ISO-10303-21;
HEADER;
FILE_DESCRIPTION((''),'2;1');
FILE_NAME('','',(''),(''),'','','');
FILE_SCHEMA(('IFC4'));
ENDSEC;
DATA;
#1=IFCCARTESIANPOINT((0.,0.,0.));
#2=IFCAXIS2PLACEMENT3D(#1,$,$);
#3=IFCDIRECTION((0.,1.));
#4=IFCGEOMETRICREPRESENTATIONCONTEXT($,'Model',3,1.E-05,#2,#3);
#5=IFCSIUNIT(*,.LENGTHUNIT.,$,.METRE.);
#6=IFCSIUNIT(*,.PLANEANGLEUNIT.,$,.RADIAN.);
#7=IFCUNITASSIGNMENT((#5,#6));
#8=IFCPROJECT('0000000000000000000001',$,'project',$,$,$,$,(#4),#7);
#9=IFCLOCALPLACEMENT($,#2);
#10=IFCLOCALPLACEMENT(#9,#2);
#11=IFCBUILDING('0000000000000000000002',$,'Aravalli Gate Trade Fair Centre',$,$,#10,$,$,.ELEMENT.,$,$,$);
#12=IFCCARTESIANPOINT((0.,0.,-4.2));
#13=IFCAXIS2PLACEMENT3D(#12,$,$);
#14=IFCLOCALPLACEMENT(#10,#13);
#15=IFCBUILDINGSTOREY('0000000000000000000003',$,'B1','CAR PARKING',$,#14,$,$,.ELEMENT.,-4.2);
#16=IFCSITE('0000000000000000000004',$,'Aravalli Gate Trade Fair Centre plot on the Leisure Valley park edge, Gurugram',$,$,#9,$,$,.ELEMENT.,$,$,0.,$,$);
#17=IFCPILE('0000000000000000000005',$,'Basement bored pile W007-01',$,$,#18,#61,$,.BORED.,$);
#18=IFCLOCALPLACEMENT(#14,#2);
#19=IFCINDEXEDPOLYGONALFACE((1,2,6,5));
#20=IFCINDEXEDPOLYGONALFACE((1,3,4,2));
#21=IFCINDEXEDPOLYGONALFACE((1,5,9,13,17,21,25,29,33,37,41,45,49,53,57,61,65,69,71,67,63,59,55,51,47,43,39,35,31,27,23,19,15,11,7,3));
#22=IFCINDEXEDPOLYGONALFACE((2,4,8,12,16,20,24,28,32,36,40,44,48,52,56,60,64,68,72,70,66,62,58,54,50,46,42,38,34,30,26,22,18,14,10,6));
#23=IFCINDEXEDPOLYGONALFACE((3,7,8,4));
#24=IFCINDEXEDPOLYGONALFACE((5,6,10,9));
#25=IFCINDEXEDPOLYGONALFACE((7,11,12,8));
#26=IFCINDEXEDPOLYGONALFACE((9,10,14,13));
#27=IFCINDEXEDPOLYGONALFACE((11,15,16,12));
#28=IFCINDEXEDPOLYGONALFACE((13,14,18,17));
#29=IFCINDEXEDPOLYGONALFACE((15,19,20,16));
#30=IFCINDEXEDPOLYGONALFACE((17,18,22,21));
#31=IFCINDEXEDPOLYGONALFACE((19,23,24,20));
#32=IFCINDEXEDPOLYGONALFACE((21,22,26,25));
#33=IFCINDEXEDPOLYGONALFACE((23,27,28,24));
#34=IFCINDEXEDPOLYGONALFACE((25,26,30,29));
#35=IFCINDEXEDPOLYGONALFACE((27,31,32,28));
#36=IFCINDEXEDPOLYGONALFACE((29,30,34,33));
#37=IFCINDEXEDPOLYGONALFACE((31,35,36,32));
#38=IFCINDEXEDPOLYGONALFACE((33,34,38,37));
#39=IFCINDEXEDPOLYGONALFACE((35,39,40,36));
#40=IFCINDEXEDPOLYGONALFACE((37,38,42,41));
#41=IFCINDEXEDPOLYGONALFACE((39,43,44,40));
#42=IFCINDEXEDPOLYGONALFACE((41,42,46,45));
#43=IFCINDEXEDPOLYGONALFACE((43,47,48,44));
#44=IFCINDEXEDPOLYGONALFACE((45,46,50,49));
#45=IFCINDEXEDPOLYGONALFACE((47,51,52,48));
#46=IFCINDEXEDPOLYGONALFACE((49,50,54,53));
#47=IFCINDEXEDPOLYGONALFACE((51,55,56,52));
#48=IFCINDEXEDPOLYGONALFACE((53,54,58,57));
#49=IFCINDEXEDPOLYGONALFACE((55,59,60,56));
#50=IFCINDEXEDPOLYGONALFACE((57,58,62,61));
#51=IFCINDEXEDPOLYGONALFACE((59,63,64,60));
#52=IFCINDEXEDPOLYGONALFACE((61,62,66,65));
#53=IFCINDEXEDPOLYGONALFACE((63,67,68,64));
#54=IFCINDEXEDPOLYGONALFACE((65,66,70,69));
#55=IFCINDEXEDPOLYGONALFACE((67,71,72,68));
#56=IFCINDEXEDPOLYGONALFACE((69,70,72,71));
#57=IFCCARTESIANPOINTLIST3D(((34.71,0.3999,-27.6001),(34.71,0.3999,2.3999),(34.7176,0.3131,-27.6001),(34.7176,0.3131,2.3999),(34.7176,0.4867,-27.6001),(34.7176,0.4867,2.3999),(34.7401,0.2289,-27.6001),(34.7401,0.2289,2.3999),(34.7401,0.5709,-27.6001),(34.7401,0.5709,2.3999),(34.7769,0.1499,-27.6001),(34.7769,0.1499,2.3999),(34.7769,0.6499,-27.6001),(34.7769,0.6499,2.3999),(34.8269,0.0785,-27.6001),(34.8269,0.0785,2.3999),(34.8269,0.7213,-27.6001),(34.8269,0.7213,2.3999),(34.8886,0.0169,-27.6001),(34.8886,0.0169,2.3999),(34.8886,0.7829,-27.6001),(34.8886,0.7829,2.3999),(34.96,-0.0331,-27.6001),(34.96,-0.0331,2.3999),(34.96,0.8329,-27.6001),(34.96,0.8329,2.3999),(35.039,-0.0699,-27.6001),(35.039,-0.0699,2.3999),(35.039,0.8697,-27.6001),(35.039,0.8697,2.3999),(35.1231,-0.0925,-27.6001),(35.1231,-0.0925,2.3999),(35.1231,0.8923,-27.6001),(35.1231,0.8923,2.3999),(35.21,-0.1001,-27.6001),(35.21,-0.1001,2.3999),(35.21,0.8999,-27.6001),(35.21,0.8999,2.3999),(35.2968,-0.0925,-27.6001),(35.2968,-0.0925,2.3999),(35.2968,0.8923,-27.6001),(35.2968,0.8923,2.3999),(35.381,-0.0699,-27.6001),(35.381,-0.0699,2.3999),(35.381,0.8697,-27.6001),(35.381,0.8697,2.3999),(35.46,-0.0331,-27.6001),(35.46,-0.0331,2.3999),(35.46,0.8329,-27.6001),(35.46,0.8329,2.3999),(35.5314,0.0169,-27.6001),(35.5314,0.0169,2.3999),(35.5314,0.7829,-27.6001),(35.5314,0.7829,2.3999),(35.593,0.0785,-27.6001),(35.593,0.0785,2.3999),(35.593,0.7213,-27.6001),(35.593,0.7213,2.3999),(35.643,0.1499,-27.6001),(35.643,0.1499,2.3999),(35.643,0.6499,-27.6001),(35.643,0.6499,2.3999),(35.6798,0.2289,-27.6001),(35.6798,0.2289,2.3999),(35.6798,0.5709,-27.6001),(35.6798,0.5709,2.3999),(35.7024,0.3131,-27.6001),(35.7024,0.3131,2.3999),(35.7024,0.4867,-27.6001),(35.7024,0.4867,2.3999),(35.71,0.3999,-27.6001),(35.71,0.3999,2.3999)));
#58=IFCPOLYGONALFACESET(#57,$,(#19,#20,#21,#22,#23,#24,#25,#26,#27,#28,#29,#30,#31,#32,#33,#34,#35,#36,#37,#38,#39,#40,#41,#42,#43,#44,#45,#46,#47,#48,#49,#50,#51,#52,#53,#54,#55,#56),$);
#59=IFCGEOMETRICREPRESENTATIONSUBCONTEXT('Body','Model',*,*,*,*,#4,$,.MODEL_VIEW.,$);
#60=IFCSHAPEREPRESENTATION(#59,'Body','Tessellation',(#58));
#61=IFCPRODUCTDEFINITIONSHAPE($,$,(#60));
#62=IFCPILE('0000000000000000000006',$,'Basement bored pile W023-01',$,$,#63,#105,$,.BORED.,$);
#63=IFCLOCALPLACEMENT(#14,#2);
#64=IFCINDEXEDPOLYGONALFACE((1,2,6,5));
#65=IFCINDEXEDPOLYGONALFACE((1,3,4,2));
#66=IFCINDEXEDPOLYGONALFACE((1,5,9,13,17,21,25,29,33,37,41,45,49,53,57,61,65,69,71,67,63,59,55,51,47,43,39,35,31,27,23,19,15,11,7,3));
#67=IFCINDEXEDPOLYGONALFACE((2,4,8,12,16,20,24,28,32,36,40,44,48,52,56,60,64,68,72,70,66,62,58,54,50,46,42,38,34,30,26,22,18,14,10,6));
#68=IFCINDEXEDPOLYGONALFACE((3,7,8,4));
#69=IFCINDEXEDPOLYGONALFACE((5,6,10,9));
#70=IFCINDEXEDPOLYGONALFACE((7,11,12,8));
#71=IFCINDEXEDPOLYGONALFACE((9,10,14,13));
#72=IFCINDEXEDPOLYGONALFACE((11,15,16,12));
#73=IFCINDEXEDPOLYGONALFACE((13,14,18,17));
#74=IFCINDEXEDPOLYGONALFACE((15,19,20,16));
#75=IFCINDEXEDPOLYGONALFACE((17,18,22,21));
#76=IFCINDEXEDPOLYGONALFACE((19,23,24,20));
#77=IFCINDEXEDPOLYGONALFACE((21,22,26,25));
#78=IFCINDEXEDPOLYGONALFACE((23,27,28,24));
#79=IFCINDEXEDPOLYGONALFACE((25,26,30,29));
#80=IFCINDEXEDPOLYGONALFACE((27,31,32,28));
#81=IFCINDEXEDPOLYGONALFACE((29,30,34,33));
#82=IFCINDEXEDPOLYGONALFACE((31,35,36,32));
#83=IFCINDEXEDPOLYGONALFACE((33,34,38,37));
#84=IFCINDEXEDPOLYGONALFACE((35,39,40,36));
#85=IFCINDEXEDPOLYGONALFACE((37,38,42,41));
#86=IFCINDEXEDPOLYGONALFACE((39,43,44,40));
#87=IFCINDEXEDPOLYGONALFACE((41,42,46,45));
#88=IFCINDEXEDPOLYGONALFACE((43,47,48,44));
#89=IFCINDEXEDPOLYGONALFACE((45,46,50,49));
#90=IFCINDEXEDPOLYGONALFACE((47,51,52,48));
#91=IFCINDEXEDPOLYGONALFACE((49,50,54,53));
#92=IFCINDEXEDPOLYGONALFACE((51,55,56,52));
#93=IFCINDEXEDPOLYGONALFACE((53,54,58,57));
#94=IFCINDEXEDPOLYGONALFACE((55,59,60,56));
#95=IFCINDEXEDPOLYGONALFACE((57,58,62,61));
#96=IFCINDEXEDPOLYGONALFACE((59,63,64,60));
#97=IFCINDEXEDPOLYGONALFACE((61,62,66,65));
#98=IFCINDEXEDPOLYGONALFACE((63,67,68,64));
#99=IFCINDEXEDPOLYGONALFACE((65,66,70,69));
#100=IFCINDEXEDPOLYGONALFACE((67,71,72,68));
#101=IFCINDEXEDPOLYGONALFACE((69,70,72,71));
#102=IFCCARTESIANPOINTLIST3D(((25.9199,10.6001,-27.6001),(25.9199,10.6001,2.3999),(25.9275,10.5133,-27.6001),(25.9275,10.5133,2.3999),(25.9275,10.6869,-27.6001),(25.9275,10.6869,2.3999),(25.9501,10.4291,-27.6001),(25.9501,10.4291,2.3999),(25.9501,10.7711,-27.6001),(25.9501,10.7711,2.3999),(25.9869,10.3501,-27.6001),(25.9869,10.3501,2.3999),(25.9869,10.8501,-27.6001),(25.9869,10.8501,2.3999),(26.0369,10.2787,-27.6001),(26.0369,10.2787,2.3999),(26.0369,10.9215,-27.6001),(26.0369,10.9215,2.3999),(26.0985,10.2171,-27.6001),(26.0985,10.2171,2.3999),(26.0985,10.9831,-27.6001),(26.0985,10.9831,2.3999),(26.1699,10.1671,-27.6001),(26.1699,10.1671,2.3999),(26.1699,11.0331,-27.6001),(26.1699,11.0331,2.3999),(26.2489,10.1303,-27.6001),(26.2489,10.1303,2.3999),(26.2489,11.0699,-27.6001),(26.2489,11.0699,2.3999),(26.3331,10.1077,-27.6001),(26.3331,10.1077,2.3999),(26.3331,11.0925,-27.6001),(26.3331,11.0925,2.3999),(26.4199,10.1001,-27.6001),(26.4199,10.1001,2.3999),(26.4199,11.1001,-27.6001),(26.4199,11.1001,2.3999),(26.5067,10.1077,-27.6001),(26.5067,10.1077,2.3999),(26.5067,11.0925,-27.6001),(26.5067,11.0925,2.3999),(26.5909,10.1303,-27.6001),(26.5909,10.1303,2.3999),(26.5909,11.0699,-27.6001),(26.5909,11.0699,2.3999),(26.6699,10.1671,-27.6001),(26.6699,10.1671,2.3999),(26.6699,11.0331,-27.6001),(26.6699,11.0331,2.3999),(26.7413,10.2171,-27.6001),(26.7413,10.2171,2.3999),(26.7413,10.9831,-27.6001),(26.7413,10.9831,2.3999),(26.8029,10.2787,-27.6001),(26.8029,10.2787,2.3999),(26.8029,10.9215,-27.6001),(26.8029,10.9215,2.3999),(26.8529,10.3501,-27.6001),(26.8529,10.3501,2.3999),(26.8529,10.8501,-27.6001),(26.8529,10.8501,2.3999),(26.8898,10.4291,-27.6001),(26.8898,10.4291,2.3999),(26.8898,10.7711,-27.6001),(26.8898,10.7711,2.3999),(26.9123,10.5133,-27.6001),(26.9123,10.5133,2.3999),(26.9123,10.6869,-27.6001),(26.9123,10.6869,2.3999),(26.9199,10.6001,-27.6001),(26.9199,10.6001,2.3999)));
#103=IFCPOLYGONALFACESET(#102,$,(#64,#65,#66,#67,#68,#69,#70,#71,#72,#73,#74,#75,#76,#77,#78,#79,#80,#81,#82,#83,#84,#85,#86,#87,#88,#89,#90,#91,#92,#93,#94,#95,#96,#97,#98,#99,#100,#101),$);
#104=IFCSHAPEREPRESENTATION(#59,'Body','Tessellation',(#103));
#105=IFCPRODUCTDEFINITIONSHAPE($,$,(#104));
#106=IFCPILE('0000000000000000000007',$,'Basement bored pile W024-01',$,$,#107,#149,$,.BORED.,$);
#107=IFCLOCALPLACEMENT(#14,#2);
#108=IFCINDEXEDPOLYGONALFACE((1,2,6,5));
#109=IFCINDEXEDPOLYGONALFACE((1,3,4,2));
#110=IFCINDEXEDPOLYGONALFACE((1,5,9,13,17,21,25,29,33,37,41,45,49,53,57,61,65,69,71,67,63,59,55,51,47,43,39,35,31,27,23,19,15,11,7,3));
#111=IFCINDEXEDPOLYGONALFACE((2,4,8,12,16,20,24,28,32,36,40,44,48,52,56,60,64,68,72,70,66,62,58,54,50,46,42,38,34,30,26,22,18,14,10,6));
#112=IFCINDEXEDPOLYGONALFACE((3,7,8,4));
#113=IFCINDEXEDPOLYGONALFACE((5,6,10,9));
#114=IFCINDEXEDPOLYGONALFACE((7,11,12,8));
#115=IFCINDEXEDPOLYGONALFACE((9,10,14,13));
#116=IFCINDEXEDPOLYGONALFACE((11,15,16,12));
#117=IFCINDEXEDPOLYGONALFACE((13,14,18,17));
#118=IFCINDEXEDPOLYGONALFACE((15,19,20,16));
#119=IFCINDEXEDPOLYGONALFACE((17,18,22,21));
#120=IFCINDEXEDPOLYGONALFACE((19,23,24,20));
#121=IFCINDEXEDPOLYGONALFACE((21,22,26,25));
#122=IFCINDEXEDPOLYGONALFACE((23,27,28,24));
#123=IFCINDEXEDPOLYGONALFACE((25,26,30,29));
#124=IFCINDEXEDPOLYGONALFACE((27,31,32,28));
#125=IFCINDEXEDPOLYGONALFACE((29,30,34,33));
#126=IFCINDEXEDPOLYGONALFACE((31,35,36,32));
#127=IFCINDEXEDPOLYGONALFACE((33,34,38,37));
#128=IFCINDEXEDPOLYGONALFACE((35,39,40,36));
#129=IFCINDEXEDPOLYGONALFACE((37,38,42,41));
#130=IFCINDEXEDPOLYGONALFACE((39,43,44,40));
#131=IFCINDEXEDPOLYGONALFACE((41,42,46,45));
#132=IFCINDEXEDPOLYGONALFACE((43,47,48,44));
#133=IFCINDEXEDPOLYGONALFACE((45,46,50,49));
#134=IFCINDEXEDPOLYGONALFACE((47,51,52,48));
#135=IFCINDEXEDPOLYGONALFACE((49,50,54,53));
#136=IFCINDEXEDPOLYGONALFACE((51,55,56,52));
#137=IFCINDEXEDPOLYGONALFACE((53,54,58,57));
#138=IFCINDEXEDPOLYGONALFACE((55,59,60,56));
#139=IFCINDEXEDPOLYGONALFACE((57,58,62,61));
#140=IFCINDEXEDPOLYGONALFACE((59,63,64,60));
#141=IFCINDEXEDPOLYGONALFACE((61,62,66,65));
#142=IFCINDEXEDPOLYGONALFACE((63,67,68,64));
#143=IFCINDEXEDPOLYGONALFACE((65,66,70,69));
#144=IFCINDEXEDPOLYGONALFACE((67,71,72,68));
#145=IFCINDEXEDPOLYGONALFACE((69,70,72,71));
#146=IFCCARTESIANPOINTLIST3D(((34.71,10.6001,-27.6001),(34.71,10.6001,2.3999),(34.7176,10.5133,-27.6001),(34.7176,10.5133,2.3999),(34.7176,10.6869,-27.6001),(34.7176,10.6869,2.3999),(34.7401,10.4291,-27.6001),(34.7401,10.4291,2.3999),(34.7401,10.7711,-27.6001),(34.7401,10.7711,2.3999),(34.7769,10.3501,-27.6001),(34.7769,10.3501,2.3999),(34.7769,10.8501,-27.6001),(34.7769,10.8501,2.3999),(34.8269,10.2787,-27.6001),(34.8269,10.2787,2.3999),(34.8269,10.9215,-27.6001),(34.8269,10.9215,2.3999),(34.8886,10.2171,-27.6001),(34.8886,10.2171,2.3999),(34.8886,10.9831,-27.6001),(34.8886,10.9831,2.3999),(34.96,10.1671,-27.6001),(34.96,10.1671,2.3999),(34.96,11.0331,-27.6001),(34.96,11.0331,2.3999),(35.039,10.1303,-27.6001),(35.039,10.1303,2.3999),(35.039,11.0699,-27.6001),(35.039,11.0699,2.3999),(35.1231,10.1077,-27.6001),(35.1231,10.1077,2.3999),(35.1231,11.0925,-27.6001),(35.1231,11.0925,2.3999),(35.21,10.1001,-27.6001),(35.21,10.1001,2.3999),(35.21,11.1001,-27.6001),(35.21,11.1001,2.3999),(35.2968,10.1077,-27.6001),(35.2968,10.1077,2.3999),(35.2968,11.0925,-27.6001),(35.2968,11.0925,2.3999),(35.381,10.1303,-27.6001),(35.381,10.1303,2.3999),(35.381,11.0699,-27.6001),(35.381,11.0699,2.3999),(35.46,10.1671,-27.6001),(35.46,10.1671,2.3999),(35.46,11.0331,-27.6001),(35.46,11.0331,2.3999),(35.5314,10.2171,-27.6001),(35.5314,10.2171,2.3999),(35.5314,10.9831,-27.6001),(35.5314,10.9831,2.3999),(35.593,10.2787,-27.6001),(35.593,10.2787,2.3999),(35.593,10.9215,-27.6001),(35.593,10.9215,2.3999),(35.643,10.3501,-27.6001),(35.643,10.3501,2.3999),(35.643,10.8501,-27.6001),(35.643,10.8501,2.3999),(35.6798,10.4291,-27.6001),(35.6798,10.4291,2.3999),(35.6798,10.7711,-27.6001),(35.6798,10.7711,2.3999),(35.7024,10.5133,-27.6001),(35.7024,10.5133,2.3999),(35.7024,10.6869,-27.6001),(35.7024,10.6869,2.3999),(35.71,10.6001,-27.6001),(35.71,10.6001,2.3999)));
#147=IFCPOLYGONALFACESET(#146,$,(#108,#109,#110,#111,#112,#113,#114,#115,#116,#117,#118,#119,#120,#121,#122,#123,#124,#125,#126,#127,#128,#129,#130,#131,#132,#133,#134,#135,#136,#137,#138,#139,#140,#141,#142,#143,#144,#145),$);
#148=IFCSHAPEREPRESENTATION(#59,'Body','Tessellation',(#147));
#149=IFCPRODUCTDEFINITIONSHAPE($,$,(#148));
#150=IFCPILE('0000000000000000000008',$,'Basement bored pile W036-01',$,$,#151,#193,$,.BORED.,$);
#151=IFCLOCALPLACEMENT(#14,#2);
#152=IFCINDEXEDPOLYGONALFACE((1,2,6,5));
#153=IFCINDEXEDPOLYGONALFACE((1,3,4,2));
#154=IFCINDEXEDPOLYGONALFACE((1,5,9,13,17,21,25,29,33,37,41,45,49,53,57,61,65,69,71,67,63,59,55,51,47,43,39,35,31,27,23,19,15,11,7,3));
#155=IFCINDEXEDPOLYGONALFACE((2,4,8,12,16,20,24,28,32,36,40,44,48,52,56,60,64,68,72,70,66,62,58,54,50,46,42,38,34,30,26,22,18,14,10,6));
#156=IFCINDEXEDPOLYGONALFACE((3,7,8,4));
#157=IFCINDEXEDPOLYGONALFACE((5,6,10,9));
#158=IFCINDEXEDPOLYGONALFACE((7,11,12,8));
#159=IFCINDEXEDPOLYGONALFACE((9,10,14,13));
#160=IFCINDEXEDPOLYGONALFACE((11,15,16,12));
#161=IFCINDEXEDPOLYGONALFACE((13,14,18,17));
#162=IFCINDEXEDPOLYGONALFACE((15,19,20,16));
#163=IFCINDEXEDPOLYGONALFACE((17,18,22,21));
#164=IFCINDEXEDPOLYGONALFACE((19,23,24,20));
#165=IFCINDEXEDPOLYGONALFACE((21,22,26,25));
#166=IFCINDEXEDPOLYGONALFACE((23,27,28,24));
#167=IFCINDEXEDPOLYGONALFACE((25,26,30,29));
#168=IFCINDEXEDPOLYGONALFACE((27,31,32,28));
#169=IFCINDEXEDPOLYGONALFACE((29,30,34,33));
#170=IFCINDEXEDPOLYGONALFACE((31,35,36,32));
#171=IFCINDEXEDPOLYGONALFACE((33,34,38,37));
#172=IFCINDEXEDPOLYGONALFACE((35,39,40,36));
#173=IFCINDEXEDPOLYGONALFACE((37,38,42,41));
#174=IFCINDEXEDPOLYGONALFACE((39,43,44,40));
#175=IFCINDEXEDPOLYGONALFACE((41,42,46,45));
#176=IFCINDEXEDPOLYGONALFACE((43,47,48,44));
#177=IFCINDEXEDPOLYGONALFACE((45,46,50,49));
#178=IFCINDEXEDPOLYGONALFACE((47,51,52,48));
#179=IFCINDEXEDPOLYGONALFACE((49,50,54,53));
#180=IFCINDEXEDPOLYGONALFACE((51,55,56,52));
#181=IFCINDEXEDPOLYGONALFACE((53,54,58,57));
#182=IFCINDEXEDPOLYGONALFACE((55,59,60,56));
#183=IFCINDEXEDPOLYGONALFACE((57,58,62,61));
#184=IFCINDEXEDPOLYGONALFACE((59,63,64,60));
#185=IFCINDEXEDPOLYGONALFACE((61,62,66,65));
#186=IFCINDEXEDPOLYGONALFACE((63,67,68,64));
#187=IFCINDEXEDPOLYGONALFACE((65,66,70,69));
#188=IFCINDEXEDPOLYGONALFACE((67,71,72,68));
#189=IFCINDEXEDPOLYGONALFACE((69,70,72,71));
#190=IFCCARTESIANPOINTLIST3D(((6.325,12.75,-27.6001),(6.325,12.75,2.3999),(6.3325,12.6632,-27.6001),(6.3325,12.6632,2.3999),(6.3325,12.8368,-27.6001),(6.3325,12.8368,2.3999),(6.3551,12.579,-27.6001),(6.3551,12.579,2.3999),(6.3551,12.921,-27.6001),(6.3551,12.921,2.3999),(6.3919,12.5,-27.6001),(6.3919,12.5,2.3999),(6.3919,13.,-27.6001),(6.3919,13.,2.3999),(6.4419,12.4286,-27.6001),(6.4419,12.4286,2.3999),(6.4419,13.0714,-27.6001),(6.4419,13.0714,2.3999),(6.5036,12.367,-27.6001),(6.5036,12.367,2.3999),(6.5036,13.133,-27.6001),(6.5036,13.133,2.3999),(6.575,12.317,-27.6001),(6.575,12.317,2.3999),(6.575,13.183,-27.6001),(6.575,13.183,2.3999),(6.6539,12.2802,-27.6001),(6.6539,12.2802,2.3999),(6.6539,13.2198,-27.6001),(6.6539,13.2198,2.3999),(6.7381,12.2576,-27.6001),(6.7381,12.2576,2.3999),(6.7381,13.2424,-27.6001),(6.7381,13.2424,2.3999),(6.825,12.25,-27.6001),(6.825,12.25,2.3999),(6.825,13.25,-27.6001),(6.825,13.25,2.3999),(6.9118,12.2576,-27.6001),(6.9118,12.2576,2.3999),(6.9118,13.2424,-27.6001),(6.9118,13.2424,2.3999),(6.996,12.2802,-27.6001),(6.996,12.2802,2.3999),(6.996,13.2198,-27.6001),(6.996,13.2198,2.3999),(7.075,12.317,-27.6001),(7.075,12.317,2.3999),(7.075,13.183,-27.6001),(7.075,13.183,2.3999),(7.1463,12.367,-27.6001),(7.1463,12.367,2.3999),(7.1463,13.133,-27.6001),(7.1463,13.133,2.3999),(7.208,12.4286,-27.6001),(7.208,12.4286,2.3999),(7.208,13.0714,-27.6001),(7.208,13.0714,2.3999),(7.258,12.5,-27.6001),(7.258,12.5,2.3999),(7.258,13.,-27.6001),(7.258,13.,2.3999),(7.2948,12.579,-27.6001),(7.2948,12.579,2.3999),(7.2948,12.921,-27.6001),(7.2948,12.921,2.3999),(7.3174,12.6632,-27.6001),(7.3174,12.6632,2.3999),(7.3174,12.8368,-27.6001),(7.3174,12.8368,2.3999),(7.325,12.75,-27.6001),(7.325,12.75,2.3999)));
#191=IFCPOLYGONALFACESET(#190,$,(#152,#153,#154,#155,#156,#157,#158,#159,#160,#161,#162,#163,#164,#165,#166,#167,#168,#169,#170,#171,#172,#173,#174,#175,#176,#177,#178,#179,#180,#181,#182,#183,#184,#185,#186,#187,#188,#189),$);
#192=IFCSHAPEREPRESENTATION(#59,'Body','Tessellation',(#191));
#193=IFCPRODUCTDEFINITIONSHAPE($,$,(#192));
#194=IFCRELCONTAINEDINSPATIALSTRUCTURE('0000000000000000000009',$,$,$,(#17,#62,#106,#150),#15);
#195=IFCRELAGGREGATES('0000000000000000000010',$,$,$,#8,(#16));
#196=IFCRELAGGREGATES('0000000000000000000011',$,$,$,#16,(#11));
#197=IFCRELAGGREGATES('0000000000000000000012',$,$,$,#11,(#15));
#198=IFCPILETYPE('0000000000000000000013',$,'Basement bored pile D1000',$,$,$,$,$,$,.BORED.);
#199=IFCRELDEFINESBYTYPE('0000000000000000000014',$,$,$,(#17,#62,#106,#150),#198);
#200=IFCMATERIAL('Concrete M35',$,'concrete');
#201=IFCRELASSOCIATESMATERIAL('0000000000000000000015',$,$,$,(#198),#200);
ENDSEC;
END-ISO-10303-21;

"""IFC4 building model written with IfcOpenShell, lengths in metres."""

from ifc_helpers import new_model, si_unit, direction, frame, origin, origin_2d, place, context, subcontext, project, spatial, circle, extrude, material, material_profile, profile_set, type_object, element, save


model = new_model("IFC4")

# Units and contexts
model_context = context("Model", 3, precision=1e-05, world=origin(), true_north=direction((0.0, 1.0)))
body_context = subcontext(model_context, "Body", "Model", "MODEL_VIEW")
ifc_project = project(units=[si_unit("LENGTHUNIT", "METRE"), si_unit("PLANEANGLEUNIT", "RADIAN")], contexts=[model_context])

# Site, building, storey
site_placement = place(None, origin())
site = spatial("IfcSite", under=ifc_project, at=site_placement, Name="Aravalli Gate Trade Fair Centre plot on the Leisure Valley park edge, Gurugram", CompositionType="ELEMENT", RefElevation=0.0)
building_placement = place(site_placement, origin())
building = spatial("IfcBuilding", under=site, at=building_placement, Name="Aravalli Gate Trade Fair Centre", CompositionType="ELEMENT")
storey_placement = place(building_placement, frame((0.0, 0.0, -4.2)))
storey = spatial("IfcBuildingStorey", under=building, at=storey_placement, Name="B1", Description="CAR PARKING", CompositionType="ELEMENT", Elevation=-4.2)

# Piles
ifc_material = material(Name="Concrete M35", Category="concrete")
ifc_material_profile = material_profile(ifc_material, circle(Radius=0.5, at=origin_2d()), Name="D1000")
ifc_profile_set = profile_set([ifc_material_profile], Name="Concrete M35")
pile_type = type_object("IfcPileType", Name="Basement bored pile D1000", PredefinedType="BORED", material=ifc_profile_set)
for number, where, z_axis, x_axis, name in (
    (1, (35.21, 0.3999, 2.3999), (0.0, 0.0, -1.0), (1.0, 0.0, 0.0), "Basement bored pile W007-01"),
    (2, (26.4199, 10.6001, 2.3999), (0.0, 0.0, -1.0), (1.0, 0.0, 0.0), "Basement bored pile W023-01"),
    (3, (35.21, 10.6001, 2.3999), (0.0, 0.0, -1.0), (1.0, 0.0, 0.0), "Basement bored pile W024-01"),
    (4, (6.825, 12.75, 2.3999), (0.0, 0.0, -1.0), (1.0, 0.0, 0.0), "Basement bored pile W036-01"),
):
    element("IfcPile", number, at=place(storey_placement, frame(where, z_axis=z_axis, x_axis=x_axis)), inside=storey, type_object=pile_type, Name=name, PredefinedType="BORED", context=body_context, shape_type="SweptSolid", body=[
        extrude(circle(Radius=0.5, at=origin_2d()), origin(), (0.0, 0.0, 1.0), 30.0),
    ])

save(model, "model.ifc")
